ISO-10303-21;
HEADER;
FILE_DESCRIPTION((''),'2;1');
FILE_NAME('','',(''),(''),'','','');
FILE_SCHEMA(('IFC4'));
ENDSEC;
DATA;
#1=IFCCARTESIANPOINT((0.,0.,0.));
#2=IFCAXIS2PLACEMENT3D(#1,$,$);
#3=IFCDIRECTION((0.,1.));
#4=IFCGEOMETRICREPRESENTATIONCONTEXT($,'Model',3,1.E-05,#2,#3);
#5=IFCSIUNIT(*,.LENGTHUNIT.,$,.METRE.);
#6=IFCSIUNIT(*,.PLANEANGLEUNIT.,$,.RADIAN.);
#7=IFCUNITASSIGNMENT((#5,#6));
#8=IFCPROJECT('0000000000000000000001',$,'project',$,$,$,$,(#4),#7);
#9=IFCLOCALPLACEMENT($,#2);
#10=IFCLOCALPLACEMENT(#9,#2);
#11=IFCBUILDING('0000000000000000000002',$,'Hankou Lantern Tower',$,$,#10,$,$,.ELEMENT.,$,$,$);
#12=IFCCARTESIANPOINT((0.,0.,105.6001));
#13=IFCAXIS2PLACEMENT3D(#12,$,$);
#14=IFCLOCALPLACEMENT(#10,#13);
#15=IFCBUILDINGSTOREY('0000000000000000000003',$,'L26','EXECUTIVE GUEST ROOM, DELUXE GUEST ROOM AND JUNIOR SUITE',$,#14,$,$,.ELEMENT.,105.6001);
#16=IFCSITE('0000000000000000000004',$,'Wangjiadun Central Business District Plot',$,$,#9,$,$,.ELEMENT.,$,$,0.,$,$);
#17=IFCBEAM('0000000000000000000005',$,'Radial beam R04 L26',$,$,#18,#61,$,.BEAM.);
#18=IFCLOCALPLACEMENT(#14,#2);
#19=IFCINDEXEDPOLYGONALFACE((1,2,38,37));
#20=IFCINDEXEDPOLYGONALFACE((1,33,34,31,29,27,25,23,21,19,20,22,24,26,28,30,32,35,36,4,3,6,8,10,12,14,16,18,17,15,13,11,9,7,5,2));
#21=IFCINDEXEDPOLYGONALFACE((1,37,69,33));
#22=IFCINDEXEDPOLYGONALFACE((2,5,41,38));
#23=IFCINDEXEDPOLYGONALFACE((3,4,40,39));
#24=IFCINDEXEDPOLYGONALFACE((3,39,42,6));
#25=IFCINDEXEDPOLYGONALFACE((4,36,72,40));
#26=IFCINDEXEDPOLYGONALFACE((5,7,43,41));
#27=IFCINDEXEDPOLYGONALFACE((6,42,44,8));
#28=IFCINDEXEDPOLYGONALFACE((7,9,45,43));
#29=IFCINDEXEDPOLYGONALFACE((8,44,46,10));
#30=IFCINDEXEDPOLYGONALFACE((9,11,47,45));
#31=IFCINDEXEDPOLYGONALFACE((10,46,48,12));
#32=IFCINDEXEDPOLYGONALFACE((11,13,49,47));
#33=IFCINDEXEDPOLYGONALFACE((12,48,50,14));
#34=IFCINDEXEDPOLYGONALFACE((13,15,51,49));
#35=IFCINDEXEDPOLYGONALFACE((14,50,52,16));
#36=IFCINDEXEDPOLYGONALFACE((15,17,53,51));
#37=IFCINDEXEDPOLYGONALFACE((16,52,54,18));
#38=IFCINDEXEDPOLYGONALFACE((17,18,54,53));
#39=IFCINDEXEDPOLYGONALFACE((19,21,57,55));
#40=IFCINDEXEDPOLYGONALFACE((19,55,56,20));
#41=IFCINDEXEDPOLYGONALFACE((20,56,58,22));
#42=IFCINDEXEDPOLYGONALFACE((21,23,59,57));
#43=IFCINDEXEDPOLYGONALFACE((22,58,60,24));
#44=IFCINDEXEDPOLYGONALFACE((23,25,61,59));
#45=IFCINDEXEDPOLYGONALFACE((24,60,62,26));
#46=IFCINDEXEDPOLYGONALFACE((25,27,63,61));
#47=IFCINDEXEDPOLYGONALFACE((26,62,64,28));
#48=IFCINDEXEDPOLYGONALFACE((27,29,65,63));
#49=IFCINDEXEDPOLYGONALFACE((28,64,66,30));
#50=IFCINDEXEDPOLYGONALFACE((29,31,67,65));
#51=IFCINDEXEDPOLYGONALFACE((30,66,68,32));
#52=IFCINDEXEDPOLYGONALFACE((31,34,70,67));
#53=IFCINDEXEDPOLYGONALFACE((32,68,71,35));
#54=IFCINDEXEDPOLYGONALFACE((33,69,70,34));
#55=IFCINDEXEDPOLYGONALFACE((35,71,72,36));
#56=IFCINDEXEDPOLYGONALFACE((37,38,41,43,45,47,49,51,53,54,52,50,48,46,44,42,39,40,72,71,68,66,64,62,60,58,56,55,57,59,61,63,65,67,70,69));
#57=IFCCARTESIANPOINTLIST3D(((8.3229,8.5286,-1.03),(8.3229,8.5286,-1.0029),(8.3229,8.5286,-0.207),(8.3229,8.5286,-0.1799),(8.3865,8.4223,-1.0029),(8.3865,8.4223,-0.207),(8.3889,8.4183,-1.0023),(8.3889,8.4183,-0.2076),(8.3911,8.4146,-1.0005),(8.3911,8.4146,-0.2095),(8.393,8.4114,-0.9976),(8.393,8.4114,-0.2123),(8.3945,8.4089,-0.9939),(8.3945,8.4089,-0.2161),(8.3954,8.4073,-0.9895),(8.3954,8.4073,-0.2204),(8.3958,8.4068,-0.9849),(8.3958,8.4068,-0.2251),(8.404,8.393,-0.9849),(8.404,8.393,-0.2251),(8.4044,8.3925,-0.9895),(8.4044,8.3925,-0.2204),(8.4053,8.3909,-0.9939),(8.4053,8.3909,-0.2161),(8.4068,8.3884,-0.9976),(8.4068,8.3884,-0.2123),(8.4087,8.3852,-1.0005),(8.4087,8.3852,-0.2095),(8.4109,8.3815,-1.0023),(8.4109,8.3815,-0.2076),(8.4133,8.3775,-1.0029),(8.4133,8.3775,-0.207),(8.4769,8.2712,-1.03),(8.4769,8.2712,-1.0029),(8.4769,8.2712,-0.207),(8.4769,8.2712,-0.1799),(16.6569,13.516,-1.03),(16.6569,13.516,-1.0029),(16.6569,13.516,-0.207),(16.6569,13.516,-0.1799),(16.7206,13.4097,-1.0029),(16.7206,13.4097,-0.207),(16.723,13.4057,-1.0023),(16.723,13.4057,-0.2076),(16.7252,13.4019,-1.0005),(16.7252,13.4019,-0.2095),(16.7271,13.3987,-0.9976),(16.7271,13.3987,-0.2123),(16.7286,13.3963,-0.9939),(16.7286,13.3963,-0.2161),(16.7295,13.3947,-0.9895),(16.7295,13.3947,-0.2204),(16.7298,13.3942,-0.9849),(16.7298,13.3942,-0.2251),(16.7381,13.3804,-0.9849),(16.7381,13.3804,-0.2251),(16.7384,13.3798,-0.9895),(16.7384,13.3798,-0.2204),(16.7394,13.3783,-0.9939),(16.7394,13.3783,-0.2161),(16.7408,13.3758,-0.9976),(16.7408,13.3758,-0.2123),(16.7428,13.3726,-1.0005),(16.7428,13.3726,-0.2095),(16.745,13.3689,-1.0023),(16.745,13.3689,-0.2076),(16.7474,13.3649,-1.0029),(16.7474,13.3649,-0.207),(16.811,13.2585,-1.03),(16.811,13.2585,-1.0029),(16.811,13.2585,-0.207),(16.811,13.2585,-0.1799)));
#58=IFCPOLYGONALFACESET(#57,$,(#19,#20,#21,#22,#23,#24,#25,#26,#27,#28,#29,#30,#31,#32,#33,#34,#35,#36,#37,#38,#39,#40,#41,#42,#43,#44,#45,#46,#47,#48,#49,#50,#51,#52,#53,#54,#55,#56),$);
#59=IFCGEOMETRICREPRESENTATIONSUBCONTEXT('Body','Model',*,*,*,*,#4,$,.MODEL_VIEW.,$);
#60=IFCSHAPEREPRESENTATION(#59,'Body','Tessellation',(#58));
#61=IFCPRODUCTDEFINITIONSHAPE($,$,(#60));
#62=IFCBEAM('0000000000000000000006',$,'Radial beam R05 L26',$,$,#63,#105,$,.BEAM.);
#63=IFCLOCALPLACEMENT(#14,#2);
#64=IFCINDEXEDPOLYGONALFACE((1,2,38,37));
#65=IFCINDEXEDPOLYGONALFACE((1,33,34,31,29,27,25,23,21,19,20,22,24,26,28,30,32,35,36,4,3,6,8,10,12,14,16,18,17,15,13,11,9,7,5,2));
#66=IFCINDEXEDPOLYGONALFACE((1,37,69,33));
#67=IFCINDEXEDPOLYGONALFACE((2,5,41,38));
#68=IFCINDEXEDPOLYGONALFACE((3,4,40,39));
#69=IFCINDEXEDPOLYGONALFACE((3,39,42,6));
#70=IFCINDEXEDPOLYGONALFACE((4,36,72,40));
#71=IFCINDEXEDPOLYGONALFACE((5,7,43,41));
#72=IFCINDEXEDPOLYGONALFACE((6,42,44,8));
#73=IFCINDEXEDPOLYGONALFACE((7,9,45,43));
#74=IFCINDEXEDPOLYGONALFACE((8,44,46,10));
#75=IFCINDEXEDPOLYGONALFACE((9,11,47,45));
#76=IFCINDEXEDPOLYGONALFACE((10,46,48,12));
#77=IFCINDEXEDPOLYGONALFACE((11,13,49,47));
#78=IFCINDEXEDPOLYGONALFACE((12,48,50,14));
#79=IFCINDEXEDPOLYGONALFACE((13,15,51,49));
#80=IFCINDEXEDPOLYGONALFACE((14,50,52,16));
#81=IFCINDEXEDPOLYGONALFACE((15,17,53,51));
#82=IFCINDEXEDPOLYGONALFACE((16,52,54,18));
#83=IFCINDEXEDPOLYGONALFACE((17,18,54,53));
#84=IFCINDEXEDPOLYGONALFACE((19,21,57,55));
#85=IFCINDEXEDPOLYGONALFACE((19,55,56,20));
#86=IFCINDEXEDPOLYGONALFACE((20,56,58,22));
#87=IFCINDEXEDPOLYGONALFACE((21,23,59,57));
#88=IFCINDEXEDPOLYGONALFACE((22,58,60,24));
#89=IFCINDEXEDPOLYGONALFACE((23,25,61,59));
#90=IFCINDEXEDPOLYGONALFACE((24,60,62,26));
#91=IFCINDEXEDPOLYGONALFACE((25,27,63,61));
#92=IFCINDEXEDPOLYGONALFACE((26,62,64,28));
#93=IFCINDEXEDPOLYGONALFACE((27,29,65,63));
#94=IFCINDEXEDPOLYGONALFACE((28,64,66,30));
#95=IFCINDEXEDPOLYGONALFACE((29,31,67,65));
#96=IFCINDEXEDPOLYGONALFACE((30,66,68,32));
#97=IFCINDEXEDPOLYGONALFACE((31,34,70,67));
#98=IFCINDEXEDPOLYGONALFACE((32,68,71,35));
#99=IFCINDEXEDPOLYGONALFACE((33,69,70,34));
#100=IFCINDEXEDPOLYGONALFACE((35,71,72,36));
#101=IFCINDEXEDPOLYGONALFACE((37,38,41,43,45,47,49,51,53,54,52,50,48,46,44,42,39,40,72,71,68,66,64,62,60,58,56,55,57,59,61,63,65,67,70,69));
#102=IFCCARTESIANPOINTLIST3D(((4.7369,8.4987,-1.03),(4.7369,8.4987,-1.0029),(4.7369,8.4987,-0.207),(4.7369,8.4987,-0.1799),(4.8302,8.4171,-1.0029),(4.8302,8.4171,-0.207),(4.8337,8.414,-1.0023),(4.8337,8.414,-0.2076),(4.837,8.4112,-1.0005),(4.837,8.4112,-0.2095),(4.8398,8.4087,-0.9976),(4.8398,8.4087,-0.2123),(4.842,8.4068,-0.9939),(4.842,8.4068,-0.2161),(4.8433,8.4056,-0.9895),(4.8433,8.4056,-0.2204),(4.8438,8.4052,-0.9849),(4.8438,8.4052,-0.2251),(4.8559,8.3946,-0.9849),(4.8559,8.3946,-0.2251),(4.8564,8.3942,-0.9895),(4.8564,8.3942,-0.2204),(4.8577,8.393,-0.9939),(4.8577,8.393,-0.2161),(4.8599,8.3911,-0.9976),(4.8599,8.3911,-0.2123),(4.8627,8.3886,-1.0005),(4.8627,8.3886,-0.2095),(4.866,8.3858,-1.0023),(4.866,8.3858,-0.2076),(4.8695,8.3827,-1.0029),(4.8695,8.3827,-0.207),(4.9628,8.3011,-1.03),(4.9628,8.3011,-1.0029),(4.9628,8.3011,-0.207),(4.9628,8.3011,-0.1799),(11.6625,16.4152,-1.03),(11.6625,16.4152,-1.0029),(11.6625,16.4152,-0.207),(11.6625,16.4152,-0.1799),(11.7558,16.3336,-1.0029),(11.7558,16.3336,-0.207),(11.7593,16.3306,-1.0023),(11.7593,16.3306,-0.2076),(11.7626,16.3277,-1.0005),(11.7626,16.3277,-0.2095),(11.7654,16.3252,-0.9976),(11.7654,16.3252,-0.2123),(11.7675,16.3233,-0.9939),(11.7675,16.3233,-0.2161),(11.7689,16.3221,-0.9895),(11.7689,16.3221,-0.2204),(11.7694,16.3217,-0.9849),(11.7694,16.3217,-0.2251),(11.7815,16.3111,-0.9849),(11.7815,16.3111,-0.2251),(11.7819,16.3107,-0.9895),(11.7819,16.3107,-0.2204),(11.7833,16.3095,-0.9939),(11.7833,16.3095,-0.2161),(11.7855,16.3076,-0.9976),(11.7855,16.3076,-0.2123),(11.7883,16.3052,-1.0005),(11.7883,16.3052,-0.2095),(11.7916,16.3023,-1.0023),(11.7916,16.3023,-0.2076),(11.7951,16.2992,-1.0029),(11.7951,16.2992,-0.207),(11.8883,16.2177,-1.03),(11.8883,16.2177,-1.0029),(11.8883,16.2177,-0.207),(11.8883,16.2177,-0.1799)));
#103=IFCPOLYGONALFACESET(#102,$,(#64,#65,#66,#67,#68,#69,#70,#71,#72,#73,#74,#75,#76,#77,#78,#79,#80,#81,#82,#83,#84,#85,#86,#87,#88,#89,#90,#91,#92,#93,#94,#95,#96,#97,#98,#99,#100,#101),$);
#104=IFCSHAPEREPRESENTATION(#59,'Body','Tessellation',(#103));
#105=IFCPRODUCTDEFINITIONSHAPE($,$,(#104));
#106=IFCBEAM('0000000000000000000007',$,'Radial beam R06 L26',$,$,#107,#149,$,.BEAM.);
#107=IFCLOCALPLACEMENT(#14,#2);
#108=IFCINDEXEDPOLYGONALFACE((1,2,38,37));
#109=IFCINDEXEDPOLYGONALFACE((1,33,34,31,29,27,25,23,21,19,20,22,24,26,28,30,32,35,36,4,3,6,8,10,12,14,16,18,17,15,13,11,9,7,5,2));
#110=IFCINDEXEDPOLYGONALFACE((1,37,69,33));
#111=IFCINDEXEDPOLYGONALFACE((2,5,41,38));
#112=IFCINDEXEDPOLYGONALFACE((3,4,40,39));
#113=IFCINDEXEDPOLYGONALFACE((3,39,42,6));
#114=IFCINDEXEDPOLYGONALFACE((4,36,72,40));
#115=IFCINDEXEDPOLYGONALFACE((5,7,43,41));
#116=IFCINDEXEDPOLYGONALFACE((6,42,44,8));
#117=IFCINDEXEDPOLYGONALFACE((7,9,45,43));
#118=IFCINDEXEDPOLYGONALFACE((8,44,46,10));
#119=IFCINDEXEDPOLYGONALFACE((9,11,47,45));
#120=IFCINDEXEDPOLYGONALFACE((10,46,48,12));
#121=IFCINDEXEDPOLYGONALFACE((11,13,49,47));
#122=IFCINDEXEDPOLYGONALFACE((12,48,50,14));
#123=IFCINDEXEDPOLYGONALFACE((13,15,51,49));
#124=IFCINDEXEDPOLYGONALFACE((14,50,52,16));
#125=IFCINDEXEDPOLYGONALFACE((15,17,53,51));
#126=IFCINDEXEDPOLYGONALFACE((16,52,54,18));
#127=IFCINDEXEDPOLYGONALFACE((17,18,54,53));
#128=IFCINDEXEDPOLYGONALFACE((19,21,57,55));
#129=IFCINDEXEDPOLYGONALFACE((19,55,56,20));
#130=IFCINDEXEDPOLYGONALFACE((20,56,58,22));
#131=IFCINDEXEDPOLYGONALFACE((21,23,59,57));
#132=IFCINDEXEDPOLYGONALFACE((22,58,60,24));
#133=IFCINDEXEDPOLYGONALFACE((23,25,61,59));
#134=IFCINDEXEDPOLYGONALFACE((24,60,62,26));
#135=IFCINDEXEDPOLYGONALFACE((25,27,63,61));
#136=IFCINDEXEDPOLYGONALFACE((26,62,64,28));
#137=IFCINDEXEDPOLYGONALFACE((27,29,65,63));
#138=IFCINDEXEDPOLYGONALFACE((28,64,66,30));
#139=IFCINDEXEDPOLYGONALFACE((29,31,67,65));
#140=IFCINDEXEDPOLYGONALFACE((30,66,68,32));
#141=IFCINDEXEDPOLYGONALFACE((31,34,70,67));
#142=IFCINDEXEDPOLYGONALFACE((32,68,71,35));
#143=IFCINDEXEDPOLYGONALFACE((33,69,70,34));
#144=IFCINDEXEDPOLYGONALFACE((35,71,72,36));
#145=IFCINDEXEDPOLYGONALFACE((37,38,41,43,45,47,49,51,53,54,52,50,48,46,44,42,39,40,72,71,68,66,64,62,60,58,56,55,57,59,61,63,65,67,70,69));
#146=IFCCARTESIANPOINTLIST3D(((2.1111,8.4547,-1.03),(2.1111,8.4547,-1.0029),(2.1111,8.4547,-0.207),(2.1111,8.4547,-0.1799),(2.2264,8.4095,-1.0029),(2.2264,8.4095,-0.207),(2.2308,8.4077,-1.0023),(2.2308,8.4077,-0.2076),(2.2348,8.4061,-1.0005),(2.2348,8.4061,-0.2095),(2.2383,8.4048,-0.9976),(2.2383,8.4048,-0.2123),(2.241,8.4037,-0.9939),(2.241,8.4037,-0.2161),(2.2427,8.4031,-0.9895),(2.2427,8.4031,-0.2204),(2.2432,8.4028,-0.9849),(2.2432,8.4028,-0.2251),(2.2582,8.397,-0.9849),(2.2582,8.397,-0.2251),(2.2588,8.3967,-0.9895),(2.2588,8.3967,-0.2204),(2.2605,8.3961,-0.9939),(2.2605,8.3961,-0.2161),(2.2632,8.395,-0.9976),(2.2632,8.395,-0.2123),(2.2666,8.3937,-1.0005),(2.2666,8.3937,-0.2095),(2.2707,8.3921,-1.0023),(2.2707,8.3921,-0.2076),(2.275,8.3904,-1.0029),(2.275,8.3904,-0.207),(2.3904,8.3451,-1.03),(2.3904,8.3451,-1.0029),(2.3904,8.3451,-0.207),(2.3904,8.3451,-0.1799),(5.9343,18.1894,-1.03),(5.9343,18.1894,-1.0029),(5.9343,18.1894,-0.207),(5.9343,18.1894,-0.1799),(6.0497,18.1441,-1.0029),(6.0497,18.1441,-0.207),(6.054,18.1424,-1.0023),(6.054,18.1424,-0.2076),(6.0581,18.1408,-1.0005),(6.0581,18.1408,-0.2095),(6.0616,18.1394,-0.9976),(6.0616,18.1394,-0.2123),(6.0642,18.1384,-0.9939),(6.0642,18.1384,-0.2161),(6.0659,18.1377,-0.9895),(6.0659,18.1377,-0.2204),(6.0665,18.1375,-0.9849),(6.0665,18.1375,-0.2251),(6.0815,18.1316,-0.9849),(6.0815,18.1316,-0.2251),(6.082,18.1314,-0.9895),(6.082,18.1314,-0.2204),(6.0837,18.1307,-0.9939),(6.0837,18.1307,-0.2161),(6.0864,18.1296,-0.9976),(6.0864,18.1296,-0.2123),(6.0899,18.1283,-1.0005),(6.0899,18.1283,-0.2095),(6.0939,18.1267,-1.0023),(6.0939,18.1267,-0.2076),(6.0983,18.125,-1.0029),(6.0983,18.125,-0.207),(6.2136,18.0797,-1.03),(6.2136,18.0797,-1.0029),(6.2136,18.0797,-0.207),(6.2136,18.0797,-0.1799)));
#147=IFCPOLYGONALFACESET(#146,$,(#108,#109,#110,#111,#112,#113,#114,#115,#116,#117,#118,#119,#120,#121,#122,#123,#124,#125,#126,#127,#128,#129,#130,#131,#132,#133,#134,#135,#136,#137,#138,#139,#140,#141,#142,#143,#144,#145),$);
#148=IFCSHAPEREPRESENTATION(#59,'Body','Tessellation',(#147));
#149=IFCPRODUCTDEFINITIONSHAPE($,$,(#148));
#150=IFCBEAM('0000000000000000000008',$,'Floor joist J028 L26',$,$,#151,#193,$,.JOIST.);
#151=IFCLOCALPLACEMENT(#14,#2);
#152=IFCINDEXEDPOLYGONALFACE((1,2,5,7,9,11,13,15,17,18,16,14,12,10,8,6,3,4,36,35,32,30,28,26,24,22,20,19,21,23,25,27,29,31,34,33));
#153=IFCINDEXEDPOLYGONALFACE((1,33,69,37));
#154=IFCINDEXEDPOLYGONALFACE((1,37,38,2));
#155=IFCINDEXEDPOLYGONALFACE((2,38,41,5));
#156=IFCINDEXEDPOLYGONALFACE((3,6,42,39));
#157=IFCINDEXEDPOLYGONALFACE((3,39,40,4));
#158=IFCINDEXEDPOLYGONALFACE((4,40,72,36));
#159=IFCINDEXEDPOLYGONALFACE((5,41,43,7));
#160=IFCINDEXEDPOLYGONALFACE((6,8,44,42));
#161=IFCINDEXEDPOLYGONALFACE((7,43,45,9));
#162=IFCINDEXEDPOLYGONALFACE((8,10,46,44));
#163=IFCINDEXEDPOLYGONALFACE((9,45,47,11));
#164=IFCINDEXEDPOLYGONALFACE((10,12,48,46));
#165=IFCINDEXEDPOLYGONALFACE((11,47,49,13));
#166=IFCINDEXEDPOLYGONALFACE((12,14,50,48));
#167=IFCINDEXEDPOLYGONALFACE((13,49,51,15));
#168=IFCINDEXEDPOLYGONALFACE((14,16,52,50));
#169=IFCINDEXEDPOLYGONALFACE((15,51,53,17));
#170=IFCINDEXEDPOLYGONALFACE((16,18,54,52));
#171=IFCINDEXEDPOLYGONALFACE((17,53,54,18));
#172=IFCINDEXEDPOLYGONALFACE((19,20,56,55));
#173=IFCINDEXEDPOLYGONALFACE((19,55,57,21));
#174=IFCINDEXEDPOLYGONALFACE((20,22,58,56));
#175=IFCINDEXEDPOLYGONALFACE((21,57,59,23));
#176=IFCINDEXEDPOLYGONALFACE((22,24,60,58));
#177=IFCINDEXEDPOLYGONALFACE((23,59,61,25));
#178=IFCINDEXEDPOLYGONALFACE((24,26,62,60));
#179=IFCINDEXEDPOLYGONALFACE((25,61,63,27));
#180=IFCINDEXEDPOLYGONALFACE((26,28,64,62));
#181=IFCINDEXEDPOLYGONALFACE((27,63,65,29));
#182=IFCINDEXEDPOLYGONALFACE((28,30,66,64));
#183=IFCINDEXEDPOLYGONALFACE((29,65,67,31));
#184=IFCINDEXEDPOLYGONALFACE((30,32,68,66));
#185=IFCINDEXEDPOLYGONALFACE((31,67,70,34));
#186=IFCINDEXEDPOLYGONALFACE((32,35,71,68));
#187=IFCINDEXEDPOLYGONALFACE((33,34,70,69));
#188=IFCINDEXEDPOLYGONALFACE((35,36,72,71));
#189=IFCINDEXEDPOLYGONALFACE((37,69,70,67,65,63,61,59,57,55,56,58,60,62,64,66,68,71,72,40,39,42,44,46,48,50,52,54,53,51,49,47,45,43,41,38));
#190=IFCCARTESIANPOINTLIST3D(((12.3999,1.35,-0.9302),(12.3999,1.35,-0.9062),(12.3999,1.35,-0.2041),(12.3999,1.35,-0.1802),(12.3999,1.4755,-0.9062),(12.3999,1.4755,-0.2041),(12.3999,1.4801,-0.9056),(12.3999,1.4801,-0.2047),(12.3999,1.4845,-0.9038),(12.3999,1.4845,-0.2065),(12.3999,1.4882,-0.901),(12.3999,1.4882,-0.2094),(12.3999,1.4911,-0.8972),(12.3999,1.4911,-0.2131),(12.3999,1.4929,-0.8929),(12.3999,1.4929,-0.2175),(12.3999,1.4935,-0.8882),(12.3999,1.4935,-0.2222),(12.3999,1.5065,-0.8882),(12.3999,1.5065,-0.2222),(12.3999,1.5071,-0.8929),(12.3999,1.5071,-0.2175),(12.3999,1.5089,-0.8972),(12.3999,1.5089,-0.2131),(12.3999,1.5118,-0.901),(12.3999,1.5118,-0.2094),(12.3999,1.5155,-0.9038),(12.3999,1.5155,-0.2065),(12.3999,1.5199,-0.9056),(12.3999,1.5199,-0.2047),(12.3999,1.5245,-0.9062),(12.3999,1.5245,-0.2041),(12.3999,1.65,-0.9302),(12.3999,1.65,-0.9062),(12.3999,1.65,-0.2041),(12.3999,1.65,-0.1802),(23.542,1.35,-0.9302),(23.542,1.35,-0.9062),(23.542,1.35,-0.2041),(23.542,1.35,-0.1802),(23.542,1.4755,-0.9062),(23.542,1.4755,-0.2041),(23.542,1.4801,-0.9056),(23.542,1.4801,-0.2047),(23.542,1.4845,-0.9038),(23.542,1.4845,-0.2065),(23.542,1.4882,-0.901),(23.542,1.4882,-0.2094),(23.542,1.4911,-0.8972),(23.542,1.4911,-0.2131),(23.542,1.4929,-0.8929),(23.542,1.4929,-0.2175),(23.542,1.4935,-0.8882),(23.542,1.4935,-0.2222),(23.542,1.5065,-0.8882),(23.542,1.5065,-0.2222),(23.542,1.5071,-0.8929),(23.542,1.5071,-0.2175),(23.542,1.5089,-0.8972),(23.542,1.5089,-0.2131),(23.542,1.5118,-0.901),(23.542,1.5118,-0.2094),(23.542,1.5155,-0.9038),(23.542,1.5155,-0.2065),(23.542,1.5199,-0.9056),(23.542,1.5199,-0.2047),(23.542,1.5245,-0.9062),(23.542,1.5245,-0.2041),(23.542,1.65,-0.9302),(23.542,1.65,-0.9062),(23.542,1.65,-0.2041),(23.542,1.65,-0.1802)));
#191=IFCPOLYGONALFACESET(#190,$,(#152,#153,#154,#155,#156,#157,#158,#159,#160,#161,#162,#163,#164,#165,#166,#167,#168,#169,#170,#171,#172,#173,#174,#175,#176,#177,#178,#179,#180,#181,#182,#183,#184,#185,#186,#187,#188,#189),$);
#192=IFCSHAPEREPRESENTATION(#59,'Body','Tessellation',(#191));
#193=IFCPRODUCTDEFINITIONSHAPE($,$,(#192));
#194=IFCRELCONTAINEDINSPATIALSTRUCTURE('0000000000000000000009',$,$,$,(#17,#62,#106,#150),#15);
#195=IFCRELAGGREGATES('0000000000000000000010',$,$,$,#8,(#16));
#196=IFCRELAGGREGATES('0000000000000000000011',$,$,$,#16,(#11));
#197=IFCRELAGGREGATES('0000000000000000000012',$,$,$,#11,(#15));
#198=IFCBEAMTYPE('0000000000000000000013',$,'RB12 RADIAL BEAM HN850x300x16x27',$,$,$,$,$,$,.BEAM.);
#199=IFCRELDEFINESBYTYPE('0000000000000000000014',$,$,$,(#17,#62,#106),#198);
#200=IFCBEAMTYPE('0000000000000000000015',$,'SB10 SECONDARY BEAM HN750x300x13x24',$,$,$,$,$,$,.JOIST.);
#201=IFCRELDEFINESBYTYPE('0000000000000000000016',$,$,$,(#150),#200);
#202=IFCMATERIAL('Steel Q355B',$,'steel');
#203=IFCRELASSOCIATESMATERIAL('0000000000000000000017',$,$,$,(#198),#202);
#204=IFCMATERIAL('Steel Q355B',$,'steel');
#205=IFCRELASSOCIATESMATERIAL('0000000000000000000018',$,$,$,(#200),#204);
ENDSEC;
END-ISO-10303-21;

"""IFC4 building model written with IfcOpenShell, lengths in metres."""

from ifc_helpers import new_model, si_unit, direction, frame, origin, origin_2d, place, context, subcontext, project, spatial, i_section, extrude, material, material_profile, profile_set, type_object, element, save


model = new_model("IFC4")

# Units and contexts
model_context = context("Model", 3, precision=1e-05, world=origin(), true_north=direction((0.0, 1.0)))
body_context = subcontext(model_context, "Body", "Model", "MODEL_VIEW")
ifc_project = project(units=[si_unit("LENGTHUNIT", "METRE"), si_unit("PLANEANGLEUNIT", "RADIAN")], contexts=[model_context])

# Site, building, storey
site_placement = place(None, origin())
site = spatial("IfcSite", under=ifc_project, at=site_placement, Name="Wangjiadun Central Business District Plot", CompositionType="ELEMENT", RefElevation=0.0)
building_placement = place(site_placement, origin())
building = spatial("IfcBuilding", under=site, at=building_placement, Name="Hankou Lantern Tower", CompositionType="ELEMENT")
storey_placement = place(building_placement, frame((0.0, 0.0, 105.6001)))
storey = spatial("IfcBuildingStorey", under=building, at=storey_placement, Name="L26", Description="EXECUTIVE GUEST ROOM, DELUXE GUEST ROOM AND JUNIOR SUITE", CompositionType="ELEMENT", Elevation=105.6001)

# Beams
ifc_material_1 = material(Name="Steel Q355B", Category="steel")
ifc_material_profile_1 = material_profile(ifc_material_1, i_section(OverallWidth=0.3, OverallDepth=0.8501, WebThickness=0.0161, FlangeThickness=0.0271, FilletRadius=0.0181, at=origin_2d()), Name="HN850x300x16x27")
ifc_profile_set_1 = profile_set([ifc_material_profile_1], Name="Steel Q355B")
beam_type_1 = type_object("IfcBeamType", Name="RB12 RADIAL BEAM HN850x300x16x27", PredefinedType="BEAM", material=ifc_profile_set_1)
beam_1_placement = place(storey_placement, frame((8.3999, 8.3999, -0.605), z_axis=(0.858087, 0.513505, 0.0), x_axis=(-0.513505, 0.858087, 0.0)))
element("IfcBeam", 1, at=beam_1_placement, inside=storey, type_object=beam_type_1, Name="Radial beam R04 L26", PredefinedType="BEAM", context=body_context, shape_type="SweptSolid", body=[
    extrude(i_section(OverallWidth=0.3, OverallDepth=0.8501, WebThickness=0.0161, FlangeThickness=0.0271, FilletRadius=0.0181, at=origin_2d()), origin(), (0.0, 0.0, 1.0), 9.7124),
])
beam_2_placement = place(storey_placement, frame((4.8499, 8.3999, -0.605), z_axis=(0.658429, 0.752643, 0.0), x_axis=(-0.752643, 0.658429, 0.0)))
element("IfcBeam", 2, at=beam_2_placement, inside=storey, type_object=beam_type_1, Name="Radial beam R05 L26", PredefinedType="BEAM", context=body_context, shape_type="SweptSolid", body=[
    extrude(i_section(OverallWidth=0.3, OverallDepth=0.8501, WebThickness=0.0161, FlangeThickness=0.0271, FilletRadius=0.0181, at=origin_2d()), origin(), (0.0, 0.0, 1.0), 10.5183),
])
beam_3_placement = place(storey_placement, frame((2.2507, 8.3999, -0.605), z_axis=(0.365564, 0.930786, 0.0), x_axis=(-0.930786, 0.365564, 0.0)))
element("IfcBeam", 3, at=beam_3_placement, inside=storey, type_object=beam_type_1, Name="Radial beam R06 L26", PredefinedType="BEAM", context=body_context, shape_type="SweptSolid", body=[
    extrude(i_section(OverallWidth=0.3, OverallDepth=0.8501, WebThickness=0.0161, FlangeThickness=0.0271, FilletRadius=0.0181, at=origin_2d()), origin(), (0.0, 0.0, 1.0), 10.4585),
])
ifc_material_2 = material(Name="Steel Q355B", Category="steel")
ifc_material_profile_2 = material_profile(ifc_material_2, i_section(OverallWidth=0.3, OverallDepth=0.75, WebThickness=0.0129, FlangeThickness=0.0239, FilletRadius=0.0181, at=origin_2d()), Name="HN750x300x13x24")
ifc_profile_set_2 = profile_set([ifc_material_profile_2], Name="Steel Q355B")
beam_type_2 = type_object("IfcBeamType", Name="SB10 SECONDARY BEAM HN750x300x13x24", PredefinedType="JOIST", material=ifc_profile_set_2)
beam_4_placement = place(storey_placement, frame((12.3999, 1.5, -0.5552), z_axis=(1.0, 0.0, 0.0), x_axis=(0.0, 1.0, 0.0)))
element("IfcBeam", 4, at=beam_4_placement, inside=storey, type_object=beam_type_2, Name="Floor joist J028 L26", PredefinedType="JOIST", context=body_context, shape_type="SweptSolid", body=[
    extrude(i_section(OverallWidth=0.3, OverallDepth=0.75, WebThickness=0.0129, FlangeThickness=0.0239, FilletRadius=0.0181, at=origin_2d()), origin(), (0.0, 0.0, 1.0), 11.1421),
])

save(model, "model.ifc")
